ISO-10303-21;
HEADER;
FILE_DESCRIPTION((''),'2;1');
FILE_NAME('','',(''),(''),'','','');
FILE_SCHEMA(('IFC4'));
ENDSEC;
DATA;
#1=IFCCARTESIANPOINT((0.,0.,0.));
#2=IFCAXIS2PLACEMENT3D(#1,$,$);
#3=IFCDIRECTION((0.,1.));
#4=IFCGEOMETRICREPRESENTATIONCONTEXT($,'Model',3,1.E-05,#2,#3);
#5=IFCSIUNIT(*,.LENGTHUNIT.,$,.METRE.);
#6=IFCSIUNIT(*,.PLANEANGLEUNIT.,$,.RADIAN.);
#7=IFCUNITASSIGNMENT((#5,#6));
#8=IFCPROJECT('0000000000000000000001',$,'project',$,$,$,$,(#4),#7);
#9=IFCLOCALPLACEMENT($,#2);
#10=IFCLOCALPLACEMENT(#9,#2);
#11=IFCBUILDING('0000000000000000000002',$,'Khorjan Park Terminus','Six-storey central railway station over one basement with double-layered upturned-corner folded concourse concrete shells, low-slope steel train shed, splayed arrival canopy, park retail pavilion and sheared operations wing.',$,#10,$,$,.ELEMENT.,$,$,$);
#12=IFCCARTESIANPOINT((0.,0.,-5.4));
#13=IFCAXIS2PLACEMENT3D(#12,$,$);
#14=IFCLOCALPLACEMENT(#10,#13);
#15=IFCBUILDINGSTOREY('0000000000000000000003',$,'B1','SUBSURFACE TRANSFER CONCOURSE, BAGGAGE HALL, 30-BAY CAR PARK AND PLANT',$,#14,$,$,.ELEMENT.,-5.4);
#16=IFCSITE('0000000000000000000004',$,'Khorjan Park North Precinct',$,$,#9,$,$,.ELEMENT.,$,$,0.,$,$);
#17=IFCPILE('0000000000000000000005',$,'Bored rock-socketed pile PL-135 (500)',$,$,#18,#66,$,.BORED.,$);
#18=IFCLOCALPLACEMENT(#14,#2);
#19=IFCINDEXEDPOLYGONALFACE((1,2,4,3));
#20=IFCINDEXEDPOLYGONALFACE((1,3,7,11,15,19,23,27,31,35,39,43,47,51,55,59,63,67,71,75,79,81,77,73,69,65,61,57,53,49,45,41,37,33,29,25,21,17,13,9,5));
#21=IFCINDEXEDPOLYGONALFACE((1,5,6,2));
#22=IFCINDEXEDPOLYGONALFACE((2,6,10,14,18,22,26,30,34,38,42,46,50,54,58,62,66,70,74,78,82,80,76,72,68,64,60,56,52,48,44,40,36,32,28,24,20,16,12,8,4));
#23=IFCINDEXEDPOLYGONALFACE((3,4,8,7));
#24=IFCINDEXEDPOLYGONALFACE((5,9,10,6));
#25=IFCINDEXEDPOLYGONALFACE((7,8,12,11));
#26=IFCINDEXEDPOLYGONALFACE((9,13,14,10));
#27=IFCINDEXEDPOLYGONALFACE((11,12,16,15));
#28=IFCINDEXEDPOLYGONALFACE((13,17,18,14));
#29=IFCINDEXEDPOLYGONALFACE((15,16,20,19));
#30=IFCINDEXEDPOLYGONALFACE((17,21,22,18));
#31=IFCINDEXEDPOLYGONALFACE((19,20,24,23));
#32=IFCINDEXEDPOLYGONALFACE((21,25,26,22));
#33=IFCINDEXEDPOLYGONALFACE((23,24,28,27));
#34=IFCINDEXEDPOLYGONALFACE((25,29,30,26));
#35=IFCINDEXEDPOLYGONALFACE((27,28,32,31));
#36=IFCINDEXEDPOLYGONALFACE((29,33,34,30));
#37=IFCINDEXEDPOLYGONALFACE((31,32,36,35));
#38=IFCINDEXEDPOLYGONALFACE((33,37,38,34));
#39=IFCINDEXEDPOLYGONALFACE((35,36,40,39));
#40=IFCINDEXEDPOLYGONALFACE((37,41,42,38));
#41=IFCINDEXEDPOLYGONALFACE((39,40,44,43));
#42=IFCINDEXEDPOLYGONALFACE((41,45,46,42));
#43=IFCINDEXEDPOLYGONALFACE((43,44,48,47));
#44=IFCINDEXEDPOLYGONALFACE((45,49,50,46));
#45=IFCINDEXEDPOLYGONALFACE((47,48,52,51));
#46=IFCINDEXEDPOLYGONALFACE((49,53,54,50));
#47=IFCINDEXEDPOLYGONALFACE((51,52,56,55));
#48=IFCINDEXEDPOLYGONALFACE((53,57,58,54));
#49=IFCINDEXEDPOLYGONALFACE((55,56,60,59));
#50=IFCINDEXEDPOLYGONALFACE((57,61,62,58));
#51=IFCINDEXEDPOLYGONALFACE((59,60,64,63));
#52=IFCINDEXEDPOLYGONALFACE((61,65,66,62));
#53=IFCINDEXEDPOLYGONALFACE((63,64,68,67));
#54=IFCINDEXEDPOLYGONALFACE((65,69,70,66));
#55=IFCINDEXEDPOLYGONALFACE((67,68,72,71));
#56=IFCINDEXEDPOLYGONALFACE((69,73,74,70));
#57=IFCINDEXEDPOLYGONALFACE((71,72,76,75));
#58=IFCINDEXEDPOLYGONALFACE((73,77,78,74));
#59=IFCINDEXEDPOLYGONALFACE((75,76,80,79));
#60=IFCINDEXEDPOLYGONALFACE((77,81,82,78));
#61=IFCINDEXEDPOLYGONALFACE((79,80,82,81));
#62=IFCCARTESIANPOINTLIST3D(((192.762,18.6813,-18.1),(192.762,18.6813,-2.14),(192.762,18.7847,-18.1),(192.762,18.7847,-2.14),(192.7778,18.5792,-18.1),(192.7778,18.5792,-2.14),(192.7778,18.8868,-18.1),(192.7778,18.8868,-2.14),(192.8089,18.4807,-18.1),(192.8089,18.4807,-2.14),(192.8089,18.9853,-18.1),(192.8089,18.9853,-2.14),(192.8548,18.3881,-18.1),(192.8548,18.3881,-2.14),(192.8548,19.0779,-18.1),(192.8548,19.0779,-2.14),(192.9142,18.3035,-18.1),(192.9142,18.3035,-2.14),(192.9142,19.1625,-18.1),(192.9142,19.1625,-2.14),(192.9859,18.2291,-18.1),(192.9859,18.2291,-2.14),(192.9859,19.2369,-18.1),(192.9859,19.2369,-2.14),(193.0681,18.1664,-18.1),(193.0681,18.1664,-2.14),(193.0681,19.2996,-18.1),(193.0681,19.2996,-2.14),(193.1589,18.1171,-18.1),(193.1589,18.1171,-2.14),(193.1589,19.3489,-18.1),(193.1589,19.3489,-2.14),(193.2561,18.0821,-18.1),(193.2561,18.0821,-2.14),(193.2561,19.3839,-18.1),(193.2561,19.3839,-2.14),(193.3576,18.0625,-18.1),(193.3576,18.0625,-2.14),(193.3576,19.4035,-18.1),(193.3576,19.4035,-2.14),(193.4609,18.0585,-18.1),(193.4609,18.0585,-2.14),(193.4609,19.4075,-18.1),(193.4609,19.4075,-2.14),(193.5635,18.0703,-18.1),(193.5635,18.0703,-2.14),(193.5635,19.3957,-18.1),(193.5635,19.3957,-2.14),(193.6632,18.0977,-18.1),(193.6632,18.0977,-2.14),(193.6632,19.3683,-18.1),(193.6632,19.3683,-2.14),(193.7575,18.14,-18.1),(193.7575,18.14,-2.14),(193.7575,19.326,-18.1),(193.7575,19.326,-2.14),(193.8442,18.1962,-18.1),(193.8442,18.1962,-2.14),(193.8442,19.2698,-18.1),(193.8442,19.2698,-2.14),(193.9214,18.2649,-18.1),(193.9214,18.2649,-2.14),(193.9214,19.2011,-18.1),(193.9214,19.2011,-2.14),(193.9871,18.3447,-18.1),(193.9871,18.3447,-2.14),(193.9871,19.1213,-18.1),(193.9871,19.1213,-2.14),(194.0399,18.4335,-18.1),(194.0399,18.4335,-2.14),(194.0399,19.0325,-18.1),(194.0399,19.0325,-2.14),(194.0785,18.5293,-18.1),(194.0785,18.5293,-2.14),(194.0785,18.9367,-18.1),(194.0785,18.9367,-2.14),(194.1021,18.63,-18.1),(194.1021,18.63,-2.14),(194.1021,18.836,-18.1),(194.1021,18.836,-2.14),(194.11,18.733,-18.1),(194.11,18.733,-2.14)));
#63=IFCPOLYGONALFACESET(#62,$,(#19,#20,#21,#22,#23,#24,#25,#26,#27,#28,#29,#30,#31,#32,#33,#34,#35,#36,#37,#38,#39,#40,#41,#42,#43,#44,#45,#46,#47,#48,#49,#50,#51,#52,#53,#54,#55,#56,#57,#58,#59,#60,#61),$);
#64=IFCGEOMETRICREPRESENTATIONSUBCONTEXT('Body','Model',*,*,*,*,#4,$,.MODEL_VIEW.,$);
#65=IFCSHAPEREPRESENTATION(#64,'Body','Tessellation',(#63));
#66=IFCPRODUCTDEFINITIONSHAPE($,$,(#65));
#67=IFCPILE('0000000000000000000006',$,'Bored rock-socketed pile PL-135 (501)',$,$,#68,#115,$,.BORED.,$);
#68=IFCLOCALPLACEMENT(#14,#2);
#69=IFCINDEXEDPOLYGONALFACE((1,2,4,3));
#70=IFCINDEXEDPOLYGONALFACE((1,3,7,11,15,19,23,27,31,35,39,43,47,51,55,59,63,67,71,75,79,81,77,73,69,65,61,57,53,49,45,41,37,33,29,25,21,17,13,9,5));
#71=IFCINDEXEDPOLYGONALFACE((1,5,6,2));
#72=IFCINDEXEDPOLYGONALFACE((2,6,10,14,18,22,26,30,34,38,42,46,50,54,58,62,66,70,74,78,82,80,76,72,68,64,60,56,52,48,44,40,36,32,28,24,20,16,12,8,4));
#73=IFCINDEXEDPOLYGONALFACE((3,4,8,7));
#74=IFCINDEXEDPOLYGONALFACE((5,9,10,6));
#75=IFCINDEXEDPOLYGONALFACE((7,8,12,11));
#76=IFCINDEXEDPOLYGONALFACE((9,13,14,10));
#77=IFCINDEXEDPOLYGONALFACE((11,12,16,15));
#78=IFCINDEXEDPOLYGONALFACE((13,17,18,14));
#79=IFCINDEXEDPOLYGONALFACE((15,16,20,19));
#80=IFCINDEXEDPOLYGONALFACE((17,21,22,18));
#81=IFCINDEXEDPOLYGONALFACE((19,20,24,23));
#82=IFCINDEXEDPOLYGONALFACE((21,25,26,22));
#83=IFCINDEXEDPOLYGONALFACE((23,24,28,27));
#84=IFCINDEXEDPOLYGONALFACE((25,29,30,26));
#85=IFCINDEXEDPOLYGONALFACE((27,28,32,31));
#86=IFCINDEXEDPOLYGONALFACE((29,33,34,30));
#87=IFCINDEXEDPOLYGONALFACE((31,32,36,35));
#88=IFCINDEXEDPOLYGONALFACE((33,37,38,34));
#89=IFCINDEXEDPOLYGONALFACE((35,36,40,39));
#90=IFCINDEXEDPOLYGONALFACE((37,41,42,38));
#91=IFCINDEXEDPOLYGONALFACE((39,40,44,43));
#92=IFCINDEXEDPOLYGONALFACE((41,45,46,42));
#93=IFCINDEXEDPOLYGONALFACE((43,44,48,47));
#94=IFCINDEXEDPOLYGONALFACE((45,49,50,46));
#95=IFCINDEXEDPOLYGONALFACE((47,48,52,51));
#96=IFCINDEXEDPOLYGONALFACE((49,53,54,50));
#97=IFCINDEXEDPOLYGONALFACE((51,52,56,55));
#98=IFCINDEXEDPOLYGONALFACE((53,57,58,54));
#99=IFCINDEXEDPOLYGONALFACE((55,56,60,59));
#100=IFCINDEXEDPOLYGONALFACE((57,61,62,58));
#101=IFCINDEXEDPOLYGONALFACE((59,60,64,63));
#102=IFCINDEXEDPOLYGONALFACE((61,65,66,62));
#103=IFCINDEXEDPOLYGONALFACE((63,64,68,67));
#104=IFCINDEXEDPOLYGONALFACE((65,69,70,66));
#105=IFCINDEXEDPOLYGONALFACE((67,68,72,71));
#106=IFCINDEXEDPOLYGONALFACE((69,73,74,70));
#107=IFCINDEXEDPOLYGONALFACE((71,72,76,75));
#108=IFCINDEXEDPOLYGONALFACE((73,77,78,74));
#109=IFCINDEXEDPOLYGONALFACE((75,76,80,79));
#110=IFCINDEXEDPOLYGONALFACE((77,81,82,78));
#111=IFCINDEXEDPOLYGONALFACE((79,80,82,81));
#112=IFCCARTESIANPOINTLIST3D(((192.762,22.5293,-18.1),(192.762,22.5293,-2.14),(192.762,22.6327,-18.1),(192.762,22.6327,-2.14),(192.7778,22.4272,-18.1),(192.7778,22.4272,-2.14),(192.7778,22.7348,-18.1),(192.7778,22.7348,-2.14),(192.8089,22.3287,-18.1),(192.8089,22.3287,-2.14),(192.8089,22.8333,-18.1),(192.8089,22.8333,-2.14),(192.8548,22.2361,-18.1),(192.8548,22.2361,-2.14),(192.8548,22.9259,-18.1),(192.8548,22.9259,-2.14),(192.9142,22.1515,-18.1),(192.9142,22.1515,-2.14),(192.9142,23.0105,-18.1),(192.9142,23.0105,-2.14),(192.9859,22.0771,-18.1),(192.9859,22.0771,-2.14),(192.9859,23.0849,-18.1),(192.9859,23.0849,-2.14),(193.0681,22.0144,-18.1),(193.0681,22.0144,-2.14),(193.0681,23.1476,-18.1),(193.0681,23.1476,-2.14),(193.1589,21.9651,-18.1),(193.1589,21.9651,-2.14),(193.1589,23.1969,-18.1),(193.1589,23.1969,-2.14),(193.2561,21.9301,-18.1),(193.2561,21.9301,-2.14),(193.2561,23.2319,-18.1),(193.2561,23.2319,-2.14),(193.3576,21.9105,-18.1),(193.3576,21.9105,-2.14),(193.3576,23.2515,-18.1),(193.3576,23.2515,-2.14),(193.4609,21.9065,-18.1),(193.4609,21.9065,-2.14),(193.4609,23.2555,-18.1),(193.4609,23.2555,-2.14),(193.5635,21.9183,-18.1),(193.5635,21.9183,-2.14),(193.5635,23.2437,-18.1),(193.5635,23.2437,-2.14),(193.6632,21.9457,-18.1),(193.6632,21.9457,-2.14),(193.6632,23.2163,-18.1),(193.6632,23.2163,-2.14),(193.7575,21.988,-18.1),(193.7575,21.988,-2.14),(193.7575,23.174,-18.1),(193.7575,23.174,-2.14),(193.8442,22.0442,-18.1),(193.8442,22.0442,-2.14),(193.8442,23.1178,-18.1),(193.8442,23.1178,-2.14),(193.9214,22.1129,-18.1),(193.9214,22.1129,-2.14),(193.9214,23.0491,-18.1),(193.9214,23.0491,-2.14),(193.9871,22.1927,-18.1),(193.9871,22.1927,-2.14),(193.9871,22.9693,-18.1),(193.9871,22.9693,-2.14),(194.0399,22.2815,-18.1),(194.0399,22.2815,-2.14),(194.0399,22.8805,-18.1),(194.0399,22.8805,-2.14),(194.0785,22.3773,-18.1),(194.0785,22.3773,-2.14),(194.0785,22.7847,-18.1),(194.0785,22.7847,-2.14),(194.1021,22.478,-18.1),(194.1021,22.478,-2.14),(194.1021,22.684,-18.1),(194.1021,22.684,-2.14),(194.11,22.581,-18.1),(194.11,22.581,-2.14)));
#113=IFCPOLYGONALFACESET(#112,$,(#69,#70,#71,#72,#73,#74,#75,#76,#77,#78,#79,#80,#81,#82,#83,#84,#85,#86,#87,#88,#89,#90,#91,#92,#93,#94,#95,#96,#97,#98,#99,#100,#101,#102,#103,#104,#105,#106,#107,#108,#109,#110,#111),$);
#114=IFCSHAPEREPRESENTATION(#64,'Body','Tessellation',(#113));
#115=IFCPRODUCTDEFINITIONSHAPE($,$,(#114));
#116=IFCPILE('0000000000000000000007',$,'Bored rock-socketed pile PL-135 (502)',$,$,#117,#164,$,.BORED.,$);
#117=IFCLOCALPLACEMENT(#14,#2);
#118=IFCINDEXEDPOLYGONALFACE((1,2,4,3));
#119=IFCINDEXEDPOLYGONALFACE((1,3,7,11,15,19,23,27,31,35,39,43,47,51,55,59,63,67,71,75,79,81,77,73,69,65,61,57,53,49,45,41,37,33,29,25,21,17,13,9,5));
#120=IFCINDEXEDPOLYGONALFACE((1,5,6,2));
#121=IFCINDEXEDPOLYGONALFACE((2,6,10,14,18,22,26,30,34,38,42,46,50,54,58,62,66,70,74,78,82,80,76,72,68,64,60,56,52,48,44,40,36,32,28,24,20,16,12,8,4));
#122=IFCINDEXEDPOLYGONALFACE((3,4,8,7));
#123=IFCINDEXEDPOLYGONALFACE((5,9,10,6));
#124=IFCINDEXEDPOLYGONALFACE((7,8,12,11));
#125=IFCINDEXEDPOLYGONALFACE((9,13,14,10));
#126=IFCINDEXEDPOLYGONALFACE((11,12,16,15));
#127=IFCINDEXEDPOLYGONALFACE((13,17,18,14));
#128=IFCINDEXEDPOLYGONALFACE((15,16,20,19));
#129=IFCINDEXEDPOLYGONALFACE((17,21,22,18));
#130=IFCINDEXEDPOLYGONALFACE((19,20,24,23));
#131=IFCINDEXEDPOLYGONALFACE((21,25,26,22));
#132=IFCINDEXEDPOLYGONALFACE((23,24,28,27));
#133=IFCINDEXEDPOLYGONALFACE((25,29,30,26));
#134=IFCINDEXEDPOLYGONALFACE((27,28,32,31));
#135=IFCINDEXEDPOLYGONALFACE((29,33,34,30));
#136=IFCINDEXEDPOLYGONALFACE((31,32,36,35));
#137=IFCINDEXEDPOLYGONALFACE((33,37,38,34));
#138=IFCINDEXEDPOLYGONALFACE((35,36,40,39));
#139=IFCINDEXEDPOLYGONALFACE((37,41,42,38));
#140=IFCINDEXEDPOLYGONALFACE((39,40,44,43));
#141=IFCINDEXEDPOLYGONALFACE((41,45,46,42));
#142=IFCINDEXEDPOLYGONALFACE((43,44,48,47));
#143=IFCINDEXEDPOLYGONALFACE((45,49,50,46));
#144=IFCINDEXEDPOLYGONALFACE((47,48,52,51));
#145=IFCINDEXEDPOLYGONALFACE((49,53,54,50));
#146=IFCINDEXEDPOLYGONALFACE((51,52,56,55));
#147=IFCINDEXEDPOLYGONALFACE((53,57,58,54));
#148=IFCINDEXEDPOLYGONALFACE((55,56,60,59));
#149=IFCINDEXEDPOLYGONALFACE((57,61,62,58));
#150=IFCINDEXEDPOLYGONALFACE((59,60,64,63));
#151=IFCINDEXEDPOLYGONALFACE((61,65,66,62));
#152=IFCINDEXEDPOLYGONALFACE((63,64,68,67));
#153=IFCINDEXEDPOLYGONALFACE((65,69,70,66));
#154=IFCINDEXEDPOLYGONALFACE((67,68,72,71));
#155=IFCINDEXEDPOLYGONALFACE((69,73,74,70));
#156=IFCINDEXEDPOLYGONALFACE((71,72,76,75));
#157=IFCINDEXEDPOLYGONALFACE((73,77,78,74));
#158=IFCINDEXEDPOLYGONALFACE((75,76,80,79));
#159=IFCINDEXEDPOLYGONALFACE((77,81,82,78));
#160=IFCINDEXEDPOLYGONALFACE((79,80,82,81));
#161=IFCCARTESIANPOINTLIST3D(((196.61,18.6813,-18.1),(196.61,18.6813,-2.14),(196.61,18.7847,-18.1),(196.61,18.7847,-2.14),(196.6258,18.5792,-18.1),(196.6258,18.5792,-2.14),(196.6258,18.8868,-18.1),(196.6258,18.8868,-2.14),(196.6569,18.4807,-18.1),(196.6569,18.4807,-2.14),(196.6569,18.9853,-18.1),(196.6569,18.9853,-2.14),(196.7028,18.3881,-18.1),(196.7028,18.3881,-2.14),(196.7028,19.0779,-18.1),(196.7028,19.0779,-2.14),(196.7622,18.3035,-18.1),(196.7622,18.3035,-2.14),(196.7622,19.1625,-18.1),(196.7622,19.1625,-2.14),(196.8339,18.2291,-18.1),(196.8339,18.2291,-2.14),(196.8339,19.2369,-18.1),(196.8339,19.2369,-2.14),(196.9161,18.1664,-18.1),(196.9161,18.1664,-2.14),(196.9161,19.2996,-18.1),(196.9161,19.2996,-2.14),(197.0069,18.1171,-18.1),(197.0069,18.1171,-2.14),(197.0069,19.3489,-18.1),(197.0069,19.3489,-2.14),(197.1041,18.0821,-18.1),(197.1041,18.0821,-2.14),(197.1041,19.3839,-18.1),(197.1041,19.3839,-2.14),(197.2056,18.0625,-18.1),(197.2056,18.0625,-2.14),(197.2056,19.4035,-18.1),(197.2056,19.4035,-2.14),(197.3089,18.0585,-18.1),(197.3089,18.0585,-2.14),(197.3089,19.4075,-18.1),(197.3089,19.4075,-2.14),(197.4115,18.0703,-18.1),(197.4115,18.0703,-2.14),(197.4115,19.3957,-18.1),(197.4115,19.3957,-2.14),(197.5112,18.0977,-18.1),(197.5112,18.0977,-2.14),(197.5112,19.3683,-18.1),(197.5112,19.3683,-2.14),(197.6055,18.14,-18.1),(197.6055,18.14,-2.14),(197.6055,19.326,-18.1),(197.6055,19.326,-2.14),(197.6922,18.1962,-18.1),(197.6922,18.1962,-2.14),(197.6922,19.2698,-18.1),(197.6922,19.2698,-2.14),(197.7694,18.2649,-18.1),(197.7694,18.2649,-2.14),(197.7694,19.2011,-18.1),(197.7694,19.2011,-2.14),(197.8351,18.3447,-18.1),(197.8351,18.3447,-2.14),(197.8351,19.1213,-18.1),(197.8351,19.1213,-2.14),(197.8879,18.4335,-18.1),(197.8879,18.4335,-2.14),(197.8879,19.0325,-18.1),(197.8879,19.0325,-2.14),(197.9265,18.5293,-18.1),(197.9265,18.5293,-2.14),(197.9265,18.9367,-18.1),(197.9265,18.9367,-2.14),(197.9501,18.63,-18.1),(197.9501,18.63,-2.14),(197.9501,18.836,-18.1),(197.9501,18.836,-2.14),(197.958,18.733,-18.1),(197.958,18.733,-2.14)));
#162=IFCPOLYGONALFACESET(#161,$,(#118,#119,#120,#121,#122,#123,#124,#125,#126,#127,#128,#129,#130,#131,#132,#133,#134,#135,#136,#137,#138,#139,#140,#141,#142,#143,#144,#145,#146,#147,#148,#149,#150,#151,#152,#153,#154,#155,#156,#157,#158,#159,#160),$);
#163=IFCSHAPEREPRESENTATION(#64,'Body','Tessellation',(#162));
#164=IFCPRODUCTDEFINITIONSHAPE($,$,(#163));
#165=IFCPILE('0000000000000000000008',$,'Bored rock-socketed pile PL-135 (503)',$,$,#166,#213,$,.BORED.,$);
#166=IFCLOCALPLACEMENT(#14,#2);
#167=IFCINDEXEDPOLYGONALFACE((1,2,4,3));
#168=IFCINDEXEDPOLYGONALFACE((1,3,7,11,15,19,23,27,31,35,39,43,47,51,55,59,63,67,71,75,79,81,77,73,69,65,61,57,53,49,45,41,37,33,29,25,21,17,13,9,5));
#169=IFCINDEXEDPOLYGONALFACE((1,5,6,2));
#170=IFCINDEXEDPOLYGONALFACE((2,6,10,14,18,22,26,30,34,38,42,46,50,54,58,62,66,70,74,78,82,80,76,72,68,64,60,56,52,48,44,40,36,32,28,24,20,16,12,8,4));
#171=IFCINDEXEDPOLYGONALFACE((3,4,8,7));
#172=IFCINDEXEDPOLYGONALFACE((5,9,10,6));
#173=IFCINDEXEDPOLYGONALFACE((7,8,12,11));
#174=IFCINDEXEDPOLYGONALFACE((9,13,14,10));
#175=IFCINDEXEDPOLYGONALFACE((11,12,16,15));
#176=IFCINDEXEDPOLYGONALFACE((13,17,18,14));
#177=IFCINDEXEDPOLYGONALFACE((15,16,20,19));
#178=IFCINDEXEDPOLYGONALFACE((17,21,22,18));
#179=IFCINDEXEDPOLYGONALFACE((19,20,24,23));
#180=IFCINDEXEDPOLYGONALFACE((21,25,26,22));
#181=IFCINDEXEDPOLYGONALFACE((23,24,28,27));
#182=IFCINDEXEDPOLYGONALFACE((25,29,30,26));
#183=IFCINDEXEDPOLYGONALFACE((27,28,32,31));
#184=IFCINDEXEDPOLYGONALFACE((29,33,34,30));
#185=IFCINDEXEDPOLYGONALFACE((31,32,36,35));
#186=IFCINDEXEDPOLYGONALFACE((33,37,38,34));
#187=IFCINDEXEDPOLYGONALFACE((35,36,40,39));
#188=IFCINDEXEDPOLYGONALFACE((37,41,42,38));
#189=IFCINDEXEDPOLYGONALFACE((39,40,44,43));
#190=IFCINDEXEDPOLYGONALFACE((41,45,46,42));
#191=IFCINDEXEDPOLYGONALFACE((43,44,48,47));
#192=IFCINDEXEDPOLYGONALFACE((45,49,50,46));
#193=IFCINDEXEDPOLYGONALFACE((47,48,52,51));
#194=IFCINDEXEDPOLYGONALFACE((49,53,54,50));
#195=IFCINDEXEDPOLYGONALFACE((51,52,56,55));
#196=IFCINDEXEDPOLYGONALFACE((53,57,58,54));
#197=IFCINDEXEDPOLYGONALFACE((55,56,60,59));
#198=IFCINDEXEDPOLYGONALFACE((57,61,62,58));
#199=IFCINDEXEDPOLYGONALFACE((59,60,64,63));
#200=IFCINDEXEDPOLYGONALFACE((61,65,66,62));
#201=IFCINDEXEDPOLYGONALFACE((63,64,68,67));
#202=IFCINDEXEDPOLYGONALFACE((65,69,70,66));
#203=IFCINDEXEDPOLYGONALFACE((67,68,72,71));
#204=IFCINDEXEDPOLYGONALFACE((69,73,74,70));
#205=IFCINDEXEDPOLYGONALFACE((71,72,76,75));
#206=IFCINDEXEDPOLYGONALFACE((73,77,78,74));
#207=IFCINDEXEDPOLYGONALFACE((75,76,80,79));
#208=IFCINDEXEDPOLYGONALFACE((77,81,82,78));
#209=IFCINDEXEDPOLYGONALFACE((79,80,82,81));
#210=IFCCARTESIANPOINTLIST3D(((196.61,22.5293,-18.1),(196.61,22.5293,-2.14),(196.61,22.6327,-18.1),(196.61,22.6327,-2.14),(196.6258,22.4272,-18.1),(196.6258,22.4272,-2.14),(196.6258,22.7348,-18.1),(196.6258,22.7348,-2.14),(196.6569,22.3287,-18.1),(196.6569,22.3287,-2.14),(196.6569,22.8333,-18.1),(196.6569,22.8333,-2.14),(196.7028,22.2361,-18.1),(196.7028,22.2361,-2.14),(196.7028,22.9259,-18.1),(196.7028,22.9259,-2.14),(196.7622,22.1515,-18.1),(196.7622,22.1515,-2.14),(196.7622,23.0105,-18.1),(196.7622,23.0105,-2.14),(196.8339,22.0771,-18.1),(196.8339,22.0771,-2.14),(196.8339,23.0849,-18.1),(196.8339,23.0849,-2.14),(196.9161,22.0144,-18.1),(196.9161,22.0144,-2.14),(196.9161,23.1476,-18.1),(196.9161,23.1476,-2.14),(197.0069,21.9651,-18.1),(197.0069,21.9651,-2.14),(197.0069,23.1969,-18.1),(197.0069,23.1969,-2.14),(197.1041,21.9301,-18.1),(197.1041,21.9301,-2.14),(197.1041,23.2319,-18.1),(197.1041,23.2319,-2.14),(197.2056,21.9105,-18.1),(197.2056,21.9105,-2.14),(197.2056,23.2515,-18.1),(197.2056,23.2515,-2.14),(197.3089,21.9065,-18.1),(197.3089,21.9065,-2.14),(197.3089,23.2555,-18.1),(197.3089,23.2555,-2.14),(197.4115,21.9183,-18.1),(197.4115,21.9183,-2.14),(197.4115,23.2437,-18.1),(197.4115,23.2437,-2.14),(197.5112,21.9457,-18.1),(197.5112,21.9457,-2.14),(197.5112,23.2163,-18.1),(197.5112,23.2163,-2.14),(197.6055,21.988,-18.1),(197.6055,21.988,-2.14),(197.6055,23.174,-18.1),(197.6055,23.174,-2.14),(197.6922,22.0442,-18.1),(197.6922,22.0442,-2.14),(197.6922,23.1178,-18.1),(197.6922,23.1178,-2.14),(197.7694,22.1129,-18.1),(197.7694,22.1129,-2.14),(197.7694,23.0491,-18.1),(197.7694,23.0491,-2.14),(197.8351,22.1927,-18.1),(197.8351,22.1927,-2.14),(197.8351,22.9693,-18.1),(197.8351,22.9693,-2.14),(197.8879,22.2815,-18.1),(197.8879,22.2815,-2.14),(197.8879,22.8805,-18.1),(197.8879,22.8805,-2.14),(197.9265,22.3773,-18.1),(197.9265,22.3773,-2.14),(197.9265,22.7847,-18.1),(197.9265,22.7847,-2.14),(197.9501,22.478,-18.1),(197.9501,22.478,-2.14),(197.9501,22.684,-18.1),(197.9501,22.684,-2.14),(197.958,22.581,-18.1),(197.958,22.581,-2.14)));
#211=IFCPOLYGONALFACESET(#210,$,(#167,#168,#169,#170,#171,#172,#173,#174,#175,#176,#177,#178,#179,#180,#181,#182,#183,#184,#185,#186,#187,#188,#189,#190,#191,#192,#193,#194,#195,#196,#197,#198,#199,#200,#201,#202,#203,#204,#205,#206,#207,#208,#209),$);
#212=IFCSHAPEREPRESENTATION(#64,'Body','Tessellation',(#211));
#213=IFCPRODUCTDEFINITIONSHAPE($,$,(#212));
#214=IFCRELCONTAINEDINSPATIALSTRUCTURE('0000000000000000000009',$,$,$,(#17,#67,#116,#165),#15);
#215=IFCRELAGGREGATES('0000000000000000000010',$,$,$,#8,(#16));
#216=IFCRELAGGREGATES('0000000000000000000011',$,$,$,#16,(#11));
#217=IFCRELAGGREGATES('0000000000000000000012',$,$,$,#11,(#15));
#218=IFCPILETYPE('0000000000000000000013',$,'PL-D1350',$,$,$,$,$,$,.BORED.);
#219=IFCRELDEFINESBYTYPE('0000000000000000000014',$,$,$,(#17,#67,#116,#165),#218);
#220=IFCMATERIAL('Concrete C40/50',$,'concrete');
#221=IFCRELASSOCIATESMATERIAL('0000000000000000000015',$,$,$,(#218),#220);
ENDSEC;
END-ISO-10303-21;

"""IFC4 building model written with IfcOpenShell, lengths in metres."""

from ifc_helpers import new_model, si_unit, direction, frame, origin, origin_2d, place, context, subcontext, project, spatial, circle, extrude, material, material_profile, profile_set, type_object, element, save


model = new_model("IFC4")

# Units and contexts
model_context = context("Model", 3, precision=1e-05, world=origin(), true_north=direction((0.0, 1.0)))
body_context = subcontext(model_context, "Body", "Model", "MODEL_VIEW")
ifc_project = project(units=[si_unit("LENGTHUNIT", "METRE"), si_unit("PLANEANGLEUNIT", "RADIAN")], contexts=[model_context])

# Site, building, storey
site_placement = place(None, origin())
site = spatial("IfcSite", under=ifc_project, at=site_placement, Name="Khorjan Park North Precinct", CompositionType="ELEMENT", RefElevation=0.0)
building_placement = place(site_placement, origin())
building = spatial("IfcBuilding", under=site, at=building_placement, Name="Khorjan Park Terminus", Description="Six-storey central railway station over one basement with double-layered upturned-corner folded concourse concrete shells, low-slope steel train shed, splayed arrival canopy, park retail pavilion and sheared operations wing.", CompositionType="ELEMENT")
storey_placement = place(building_placement, frame((0.0, 0.0, -5.4)))
storey = spatial("IfcBuildingStorey", under=building, at=storey_placement, Name="B1", Description="SUBSURFACE TRANSFER CONCOURSE, BAGGAGE HALL, 30-BAY CAR PARK AND PLANT", CompositionType="ELEMENT", Elevation=-5.4)

# Piles
ifc_material_1 = material(Name="Concrete C40/50", Category="concrete")
ifc_material_profile_1 = material_profile(ifc_material_1, circle(Radius=0.675, at=origin_2d()), Name="BORED D1350")
ifc_profile_set_1 = profile_set([ifc_material_profile_1], Name="Concrete C40/50")
pile_type = type_object("IfcPileType", Name="PL-D1350", PredefinedType="BORED", material=ifc_profile_set_1)
for number, where, z_axis, x_axis, name in (
    (1, (193.435, 18.733, -2.14), (0.0, 0.0, -1.0), (1.0, 0.0, 0.0), "Bored rock-socketed pile PL-135 (500)"),
    (2, (193.435, 22.581, -2.14), (0.0, 0.0, -1.0), (1.0, 0.0, 0.0), "Bored rock-socketed pile PL-135 (501)"),
    (3, (197.283, 18.733, -2.14), (0.0, 0.0, -1.0), (1.0, 0.0, 0.0), "Bored rock-socketed pile PL-135 (502)"),
    (4, (197.283, 22.581, -2.14), (0.0, 0.0, -1.0), (1.0, 0.0, 0.0), "Bored rock-socketed pile PL-135 (503)"),
):
    element("IfcPile", number, at=place(storey_placement, frame(where, z_axis=z_axis, x_axis=x_axis)), inside=storey, type_object=pile_type, Name=name, PredefinedType="BORED", context=body_context, shape_type="SweptSolid", body=[
        extrude(circle(Radius=0.675, at=origin_2d()), origin(), (0.0, 0.0, 1.0), 15.96),
    ])

save(model, "model.ifc")
